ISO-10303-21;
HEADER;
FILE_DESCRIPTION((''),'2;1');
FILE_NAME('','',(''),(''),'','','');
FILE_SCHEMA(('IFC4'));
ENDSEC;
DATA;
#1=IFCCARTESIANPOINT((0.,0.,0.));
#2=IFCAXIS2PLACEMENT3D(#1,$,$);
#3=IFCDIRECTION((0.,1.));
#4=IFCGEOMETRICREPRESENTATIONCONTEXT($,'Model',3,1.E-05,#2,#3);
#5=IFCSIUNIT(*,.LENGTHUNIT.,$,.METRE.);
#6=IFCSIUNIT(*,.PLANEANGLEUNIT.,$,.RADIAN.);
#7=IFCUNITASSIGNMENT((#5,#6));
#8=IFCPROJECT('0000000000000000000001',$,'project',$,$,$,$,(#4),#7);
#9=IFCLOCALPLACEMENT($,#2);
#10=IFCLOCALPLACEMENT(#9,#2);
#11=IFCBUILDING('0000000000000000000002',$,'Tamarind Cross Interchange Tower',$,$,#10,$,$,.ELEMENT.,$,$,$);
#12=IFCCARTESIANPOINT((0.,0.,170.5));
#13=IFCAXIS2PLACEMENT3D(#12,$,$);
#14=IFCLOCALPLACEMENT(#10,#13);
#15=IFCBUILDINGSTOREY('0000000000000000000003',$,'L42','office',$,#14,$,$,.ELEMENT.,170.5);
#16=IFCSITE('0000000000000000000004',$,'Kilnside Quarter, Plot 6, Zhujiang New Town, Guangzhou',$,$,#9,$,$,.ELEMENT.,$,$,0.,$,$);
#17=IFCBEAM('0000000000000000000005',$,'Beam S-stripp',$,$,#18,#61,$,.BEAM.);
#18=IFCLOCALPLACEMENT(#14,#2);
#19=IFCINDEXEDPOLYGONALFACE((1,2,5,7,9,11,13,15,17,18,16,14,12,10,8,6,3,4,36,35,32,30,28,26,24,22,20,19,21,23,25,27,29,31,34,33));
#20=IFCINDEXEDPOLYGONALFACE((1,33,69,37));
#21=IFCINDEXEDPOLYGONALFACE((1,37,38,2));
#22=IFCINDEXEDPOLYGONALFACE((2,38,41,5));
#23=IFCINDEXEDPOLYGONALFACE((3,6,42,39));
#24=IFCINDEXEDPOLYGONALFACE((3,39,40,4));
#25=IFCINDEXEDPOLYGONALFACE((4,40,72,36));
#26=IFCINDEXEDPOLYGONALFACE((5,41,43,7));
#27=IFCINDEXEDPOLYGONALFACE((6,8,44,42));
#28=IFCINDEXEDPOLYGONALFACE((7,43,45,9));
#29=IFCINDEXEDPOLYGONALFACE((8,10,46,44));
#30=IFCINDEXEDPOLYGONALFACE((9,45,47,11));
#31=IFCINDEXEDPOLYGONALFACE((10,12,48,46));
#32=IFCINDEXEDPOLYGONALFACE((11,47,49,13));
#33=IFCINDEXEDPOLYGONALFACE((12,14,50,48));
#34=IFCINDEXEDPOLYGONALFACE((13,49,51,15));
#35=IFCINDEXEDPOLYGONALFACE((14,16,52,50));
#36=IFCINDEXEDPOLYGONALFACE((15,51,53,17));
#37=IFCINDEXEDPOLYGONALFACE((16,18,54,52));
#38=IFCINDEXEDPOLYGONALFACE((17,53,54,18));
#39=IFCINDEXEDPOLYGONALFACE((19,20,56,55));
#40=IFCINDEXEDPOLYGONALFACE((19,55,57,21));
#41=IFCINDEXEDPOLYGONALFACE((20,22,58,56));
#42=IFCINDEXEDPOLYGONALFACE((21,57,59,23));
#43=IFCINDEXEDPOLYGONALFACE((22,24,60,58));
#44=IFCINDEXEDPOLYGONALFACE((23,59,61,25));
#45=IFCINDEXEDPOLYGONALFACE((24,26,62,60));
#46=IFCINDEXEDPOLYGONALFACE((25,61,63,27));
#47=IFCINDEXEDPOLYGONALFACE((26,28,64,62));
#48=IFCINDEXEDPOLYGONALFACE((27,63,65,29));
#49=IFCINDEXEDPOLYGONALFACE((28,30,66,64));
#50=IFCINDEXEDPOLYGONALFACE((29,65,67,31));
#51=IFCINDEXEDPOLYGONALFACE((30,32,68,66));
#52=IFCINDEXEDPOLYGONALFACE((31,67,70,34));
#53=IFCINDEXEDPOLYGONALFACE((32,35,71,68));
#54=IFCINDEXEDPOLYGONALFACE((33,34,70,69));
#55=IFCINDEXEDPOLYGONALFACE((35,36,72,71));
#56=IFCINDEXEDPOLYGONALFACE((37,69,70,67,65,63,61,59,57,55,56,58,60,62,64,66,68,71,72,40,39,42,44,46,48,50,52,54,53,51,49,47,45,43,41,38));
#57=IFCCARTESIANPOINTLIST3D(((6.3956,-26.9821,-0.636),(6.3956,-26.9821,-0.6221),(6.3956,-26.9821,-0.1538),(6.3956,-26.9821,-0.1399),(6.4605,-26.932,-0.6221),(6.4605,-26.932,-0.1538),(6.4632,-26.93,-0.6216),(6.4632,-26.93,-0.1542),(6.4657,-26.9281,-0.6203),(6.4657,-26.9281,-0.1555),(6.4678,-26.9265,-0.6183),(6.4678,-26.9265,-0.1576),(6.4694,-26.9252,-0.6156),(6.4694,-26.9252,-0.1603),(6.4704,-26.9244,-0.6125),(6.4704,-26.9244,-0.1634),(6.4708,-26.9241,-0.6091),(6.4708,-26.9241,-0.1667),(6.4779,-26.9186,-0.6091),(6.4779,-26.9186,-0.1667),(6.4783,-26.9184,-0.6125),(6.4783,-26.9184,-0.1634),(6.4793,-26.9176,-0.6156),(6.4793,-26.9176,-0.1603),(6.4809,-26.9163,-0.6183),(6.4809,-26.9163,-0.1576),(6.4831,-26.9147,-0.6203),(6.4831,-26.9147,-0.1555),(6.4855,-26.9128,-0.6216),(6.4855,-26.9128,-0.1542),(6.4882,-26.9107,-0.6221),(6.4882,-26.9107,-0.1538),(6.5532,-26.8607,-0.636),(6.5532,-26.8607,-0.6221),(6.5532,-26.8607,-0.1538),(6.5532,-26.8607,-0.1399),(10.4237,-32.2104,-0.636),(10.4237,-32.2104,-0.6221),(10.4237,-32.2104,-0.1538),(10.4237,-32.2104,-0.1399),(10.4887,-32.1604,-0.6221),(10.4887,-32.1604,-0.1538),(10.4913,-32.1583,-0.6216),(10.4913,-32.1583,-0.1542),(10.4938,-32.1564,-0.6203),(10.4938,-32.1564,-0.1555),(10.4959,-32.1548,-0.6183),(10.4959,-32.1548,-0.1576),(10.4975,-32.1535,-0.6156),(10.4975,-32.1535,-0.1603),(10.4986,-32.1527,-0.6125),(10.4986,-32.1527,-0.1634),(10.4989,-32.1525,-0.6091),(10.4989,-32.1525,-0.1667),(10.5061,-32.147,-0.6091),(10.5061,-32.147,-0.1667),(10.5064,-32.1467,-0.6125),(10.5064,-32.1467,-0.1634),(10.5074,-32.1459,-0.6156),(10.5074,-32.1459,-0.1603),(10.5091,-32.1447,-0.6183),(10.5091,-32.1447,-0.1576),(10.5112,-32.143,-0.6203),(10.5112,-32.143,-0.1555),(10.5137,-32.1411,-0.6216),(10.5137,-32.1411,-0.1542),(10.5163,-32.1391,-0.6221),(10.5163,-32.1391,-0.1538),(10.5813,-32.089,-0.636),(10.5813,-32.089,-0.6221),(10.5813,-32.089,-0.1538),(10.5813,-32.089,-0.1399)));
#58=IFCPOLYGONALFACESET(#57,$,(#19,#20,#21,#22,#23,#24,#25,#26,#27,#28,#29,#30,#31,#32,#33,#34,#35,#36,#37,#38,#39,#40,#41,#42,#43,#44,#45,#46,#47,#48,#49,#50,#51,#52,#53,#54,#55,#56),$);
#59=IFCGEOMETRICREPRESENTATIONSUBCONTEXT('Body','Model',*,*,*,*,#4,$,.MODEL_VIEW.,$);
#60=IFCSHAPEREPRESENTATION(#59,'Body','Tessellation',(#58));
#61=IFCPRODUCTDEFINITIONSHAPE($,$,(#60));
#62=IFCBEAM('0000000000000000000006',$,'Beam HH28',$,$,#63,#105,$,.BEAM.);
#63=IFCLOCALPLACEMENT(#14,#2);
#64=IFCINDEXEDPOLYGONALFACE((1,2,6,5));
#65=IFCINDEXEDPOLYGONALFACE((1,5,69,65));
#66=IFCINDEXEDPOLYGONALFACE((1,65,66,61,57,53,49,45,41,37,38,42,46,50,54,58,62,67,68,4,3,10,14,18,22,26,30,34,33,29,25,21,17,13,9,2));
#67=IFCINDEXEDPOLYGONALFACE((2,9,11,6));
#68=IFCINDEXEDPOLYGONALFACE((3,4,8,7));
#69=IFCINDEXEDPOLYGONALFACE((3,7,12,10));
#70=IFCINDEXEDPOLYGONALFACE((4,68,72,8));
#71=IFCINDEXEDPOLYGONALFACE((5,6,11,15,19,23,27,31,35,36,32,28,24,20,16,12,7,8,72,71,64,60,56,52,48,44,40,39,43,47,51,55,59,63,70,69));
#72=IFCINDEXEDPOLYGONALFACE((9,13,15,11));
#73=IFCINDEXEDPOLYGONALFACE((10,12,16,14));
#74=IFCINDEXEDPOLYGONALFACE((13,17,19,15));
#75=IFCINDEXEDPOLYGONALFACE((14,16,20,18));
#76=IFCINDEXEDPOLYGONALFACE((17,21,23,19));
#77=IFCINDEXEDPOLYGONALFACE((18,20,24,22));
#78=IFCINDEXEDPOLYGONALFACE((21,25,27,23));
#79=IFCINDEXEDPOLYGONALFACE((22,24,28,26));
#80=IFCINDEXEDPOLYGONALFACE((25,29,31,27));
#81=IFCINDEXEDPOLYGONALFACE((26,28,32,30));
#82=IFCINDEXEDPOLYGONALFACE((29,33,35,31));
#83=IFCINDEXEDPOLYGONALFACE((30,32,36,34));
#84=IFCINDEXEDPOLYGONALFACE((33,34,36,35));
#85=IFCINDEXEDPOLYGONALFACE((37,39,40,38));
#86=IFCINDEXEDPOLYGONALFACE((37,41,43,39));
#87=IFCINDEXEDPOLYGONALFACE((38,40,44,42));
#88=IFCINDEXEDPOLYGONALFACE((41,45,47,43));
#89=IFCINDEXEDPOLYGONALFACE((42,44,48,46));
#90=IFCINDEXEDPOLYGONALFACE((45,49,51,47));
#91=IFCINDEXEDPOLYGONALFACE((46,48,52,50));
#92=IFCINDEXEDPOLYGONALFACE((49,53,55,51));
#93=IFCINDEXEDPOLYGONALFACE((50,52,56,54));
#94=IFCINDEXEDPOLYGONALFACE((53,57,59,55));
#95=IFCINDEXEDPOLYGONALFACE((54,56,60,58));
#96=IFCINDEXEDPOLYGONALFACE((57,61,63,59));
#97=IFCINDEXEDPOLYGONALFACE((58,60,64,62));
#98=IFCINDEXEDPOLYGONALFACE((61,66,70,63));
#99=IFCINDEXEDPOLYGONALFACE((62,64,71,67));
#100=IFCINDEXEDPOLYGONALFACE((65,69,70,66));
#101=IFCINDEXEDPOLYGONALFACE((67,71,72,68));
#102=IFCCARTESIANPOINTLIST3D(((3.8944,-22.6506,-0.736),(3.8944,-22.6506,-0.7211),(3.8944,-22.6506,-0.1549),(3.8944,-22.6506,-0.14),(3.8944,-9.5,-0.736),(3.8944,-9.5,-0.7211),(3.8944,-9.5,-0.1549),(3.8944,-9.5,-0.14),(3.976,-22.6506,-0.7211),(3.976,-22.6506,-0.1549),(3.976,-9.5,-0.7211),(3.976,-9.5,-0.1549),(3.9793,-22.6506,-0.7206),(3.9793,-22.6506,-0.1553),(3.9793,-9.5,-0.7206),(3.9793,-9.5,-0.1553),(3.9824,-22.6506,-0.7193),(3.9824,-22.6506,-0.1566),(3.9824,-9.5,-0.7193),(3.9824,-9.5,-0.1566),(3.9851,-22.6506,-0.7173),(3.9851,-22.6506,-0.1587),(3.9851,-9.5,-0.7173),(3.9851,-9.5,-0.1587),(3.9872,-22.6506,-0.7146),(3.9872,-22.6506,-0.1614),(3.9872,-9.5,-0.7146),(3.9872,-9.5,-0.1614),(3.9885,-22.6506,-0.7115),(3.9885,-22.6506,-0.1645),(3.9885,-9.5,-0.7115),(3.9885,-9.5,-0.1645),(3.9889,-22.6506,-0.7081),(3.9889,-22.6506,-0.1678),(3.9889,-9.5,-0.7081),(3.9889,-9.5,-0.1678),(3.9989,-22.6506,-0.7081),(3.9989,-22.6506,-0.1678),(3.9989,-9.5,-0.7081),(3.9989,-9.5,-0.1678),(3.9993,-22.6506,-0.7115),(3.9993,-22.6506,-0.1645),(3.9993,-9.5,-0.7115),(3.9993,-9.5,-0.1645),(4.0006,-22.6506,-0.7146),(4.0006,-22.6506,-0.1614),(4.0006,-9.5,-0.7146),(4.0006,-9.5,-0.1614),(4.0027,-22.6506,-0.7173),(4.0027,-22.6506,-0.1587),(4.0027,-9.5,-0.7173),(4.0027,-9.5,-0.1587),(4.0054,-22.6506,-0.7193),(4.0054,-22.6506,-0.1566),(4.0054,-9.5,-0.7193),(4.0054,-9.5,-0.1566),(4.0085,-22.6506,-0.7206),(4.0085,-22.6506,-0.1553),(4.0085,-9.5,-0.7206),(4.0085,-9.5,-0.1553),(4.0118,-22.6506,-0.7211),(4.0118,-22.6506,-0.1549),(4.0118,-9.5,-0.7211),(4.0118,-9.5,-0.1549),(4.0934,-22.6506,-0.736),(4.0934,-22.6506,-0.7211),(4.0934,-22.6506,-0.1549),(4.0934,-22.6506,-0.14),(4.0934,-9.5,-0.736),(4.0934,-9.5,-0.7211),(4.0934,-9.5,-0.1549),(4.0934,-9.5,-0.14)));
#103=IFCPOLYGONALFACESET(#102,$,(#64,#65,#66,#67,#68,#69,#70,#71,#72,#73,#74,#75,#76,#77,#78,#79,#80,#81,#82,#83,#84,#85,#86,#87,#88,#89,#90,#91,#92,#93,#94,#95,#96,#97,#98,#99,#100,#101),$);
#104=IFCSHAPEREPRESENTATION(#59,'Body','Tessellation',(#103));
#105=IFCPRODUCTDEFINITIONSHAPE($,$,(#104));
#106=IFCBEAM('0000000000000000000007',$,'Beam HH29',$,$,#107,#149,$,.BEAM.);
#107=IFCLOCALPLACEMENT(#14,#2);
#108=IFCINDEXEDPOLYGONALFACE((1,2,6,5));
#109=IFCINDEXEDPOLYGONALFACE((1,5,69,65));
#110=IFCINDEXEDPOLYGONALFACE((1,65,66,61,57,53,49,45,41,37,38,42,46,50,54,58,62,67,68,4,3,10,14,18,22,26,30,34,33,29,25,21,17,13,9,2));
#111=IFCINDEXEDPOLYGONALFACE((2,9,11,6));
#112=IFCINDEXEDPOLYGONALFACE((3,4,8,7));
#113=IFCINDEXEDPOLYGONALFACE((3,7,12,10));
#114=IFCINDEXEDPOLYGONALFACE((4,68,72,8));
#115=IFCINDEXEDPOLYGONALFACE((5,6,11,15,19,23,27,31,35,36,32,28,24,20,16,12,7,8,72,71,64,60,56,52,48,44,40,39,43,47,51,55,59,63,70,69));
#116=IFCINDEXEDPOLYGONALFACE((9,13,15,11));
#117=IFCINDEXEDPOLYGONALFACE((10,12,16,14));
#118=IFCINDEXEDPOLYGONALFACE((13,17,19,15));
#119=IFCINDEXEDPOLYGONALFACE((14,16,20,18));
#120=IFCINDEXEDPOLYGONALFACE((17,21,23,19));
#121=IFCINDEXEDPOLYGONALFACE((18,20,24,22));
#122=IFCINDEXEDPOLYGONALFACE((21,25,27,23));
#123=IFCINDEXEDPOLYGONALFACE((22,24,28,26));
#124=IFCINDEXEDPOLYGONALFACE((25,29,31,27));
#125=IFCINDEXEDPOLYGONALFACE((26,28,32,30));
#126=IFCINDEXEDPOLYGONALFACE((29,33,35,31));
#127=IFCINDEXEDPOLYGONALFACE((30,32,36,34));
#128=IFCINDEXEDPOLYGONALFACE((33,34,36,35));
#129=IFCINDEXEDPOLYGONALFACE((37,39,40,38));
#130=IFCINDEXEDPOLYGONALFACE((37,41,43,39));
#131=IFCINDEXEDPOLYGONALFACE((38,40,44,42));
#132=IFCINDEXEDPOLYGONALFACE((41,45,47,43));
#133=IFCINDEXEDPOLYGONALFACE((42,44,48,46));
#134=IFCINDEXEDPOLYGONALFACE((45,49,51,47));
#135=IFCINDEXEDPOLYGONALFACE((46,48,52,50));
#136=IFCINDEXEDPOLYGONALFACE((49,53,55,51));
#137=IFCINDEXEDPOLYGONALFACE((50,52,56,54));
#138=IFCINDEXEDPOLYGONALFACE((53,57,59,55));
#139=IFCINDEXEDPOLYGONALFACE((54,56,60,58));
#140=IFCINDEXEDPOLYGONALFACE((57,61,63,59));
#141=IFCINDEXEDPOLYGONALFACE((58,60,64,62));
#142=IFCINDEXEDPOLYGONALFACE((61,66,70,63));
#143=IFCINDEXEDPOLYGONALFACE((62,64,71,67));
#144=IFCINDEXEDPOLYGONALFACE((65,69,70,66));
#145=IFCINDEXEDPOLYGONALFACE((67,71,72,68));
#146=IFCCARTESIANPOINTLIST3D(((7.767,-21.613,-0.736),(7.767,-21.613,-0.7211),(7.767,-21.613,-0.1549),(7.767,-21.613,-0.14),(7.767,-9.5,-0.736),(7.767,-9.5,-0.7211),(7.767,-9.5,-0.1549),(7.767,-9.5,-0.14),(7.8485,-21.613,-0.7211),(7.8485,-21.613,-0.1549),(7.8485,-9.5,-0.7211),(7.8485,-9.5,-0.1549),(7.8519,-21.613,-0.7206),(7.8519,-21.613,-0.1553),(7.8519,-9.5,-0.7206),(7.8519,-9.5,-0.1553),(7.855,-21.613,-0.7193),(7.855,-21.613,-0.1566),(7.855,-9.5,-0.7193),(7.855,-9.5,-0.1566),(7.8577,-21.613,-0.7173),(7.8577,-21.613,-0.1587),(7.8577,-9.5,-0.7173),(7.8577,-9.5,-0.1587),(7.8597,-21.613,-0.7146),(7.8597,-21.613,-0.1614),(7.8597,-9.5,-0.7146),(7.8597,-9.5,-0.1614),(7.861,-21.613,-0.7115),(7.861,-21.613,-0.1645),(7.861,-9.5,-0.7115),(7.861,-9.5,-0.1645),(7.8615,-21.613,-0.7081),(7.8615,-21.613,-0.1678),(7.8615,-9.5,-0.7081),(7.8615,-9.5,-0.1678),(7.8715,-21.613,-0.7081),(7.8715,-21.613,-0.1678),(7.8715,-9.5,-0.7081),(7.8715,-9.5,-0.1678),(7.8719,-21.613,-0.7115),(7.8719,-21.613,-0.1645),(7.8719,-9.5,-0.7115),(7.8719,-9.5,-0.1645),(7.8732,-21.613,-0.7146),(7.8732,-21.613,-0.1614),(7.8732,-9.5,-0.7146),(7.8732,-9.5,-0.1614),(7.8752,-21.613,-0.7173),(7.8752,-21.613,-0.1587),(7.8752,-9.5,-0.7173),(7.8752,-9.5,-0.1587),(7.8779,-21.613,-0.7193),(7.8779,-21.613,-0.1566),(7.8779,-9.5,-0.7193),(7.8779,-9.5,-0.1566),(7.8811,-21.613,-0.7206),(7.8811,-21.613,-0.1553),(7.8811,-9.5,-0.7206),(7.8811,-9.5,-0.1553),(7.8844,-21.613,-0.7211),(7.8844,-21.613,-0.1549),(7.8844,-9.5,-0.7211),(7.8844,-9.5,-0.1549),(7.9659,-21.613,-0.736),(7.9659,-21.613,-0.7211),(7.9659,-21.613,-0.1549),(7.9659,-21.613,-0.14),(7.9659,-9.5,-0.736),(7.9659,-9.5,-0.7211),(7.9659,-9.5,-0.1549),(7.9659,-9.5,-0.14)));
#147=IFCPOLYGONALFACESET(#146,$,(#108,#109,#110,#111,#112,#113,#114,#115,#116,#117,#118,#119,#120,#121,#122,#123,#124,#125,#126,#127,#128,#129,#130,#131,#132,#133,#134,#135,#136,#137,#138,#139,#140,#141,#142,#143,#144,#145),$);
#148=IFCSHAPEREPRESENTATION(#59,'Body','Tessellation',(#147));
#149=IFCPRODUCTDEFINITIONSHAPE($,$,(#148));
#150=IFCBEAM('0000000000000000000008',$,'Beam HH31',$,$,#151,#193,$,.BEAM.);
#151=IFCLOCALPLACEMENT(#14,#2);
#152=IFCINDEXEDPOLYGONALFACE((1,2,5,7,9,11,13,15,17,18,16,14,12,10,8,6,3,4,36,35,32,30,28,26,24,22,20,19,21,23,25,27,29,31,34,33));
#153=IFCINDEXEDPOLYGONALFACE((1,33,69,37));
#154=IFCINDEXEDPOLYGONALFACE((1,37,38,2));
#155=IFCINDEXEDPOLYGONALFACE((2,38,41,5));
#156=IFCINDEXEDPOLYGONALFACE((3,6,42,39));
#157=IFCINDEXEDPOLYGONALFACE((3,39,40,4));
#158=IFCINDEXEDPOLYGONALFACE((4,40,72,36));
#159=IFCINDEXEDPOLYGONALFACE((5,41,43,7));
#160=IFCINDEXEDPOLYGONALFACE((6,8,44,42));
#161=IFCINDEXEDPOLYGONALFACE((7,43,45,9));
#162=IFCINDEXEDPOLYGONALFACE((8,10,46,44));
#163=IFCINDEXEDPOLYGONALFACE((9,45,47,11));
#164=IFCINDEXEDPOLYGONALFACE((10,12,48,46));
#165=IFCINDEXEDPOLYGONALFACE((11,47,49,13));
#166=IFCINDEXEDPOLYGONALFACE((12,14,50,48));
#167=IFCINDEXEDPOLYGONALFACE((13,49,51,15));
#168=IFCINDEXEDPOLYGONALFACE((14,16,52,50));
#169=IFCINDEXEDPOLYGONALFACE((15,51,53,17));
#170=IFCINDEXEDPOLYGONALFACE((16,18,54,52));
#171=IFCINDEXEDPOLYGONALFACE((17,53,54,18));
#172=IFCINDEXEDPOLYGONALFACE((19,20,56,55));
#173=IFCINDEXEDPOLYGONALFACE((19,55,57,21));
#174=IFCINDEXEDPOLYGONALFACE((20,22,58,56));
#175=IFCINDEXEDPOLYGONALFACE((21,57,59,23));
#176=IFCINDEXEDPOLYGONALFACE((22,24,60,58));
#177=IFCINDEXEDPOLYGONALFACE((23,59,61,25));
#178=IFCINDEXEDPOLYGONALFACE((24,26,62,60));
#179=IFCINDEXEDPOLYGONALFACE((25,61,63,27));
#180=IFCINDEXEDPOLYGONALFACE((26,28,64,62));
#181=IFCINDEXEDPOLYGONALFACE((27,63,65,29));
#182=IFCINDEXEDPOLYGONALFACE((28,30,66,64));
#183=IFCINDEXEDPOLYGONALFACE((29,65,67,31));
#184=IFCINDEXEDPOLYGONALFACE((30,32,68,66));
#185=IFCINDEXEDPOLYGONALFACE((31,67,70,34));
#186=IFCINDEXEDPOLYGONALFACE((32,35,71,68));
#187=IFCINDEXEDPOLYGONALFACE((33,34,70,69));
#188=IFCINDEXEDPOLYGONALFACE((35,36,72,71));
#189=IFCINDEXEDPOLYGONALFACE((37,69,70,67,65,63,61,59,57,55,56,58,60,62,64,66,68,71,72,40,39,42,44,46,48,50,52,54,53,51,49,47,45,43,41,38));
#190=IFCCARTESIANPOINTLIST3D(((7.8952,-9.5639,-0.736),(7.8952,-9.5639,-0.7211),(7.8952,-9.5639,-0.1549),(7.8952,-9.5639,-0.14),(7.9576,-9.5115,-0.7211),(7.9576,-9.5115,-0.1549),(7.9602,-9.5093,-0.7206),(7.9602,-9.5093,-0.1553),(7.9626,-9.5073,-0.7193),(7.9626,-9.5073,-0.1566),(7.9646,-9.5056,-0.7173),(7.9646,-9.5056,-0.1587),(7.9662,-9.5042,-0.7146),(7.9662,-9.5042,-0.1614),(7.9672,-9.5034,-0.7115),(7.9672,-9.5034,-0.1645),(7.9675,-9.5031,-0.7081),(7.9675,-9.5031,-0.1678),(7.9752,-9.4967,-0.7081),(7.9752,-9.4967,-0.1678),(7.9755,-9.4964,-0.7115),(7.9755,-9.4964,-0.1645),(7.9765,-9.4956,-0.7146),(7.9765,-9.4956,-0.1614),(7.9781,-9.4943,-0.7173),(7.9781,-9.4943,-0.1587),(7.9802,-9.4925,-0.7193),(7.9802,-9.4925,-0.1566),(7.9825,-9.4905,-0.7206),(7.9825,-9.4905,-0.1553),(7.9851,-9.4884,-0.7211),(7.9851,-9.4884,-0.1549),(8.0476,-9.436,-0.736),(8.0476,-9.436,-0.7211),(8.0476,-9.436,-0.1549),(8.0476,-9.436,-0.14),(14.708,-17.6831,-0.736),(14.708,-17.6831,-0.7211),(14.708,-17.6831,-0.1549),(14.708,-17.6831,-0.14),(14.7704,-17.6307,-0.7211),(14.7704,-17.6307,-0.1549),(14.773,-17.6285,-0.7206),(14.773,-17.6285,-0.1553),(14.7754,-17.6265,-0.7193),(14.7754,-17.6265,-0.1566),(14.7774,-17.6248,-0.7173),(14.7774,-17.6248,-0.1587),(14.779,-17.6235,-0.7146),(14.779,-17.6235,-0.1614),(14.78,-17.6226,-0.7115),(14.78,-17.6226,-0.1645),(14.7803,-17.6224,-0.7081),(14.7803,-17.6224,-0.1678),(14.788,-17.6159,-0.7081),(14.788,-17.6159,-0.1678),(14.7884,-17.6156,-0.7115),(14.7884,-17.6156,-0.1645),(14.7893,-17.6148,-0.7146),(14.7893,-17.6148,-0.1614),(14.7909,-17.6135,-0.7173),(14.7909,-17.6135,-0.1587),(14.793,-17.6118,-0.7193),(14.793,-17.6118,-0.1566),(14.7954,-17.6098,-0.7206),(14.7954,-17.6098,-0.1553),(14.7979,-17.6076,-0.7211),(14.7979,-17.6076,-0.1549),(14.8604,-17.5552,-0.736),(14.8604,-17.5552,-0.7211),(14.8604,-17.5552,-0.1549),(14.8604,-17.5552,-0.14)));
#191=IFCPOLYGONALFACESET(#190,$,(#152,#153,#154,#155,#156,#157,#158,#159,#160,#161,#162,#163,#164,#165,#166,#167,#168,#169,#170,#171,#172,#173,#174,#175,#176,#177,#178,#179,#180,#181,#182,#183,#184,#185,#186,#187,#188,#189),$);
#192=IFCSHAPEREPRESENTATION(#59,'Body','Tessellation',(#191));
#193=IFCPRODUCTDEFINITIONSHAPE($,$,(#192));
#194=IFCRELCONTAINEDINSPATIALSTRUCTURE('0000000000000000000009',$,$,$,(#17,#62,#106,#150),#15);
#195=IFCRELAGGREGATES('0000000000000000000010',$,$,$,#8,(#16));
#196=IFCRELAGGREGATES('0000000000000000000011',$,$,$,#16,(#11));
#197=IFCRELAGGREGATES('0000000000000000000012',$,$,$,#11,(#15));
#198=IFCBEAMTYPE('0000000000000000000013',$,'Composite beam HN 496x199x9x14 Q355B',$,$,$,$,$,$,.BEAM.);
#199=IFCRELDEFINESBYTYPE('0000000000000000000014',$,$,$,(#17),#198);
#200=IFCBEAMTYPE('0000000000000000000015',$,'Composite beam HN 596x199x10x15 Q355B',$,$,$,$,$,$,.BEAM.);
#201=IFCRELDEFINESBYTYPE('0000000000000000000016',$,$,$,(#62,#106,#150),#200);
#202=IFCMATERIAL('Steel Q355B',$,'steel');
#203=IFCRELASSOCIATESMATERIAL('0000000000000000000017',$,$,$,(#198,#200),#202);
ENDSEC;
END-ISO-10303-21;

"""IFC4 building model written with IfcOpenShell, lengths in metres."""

from ifc_helpers import new_model, si_unit, direction, frame, origin, origin_2d, place, context, subcontext, project, spatial, i_section, extrude, material, material_profile, profile_set, type_object, element, save


model = new_model("IFC4")

# Units and contexts
model_context = context("Model", 3, precision=1e-05, world=origin(), true_north=direction((0.0, 1.0)))
body_context = subcontext(model_context, "Body", "Model", "MODEL_VIEW")
ifc_project = project(units=[si_unit("LENGTHUNIT", "METRE"), si_unit("PLANEANGLEUNIT", "RADIAN")], contexts=[model_context])

# Site, building, storey
site_placement = place(None, origin())
site = spatial("IfcSite", under=ifc_project, at=site_placement, Name="Kilnside Quarter, Plot 6, Zhujiang New Town, Guangzhou", CompositionType="ELEMENT", RefElevation=0.0)
building_placement = place(site_placement, origin())
building = spatial("IfcBuilding", under=site, at=building_placement, Name="Tamarind Cross Interchange Tower", CompositionType="ELEMENT")
storey_placement = place(building_placement, frame((0.0, 0.0, 170.5)))
storey = spatial("IfcBuildingStorey", under=building, at=storey_placement, Name="L42", Description="office", CompositionType="ELEMENT", Elevation=170.5)

# Beams
ifc_material_1 = material(Name="Steel Q355B", Category="steel")
ifc_material_profile_1 = material_profile(ifc_material_1, i_section(OverallWidth=0.199, OverallDepth=0.4961, WebThickness=0.009, FlangeThickness=0.0139, FilletRadius=0.0129, at=origin_2d()), Name="HN 496x199x9x14")
ifc_profile_set_1 = profile_set([ifc_material_profile_1], Name="Steel Q355B")
beam_type_1 = type_object("IfcBeamType", Name="Composite beam HN 496x199x9x14 Q355B", PredefinedType="BEAM", material=ifc_profile_set_1)
for number, where, z_axis, x_axis, name in (
    (1, (6.4744, -26.9214, -0.3879), (0.610313, -0.79216, 0.0), (0.79216, 0.610313, 0.0), "Beam S-stripp"),
):
    element("IfcBeam", number, at=place(storey_placement, frame(where, z_axis=z_axis, x_axis=x_axis)), inside=storey, type_object=beam_type_1, Name=name, PredefinedType="BEAM", context=body_context, shape_type="SweptSolid", body=[
        extrude(i_section(OverallWidth=0.199, OverallDepth=0.4961, WebThickness=0.009, FlangeThickness=0.0139, FilletRadius=0.0129, at=origin_2d()), origin(), (0.0, 0.0, 1.0), 6.6001),
    ])
ifc_material_profile_2 = material_profile(ifc_material_1, i_section(OverallWidth=0.199, OverallDepth=0.5959, WebThickness=0.01, FlangeThickness=0.0149, FilletRadius=0.0129, at=origin_2d()), Name="HN 596x199x10x15")
ifc_profile_set_2 = profile_set([ifc_material_profile_2], Name="Steel Q355B")
beam_type_2 = type_object("IfcBeamType", Name="Composite beam HN 596x199x10x15 Q355B", PredefinedType="BEAM", material=ifc_profile_set_2)
beam_1_placement = place(storey_placement, frame((3.9939, -22.6506, -0.438), z_axis=(0.0, 1.0, 0.0), x_axis=(-1.0, 0.0, 0.0)))
element("IfcBeam", 2, at=beam_1_placement, inside=storey, type_object=beam_type_2, Name="Beam HH28", PredefinedType="BEAM", context=body_context, shape_type="SweptSolid", body=[
    extrude(i_section(OverallWidth=0.199, OverallDepth=0.5959, WebThickness=0.01, FlangeThickness=0.0149, FilletRadius=0.0129, at=origin_2d()), origin(), (0.0, 0.0, 1.0), 13.1506),
])
beam_2_placement = place(storey_placement, frame((7.8665, -21.613, -0.438), z_axis=(0.0, 1.0, 0.0), x_axis=(-1.0, 0.0, 0.0)))
element("IfcBeam", 3, at=beam_2_placement, inside=storey, type_object=beam_type_2, Name="Beam HH29", PredefinedType="BEAM", context=body_context, shape_type="SweptSolid", body=[
    extrude(i_section(OverallWidth=0.199, OverallDepth=0.5959, WebThickness=0.01, FlangeThickness=0.0149, FilletRadius=0.0129, at=origin_2d()), origin(), (0.0, 0.0, 1.0), 12.113),
])
beam_3_placement = place(storey_placement, frame((14.7842, -17.6191, -0.438), z_axis=(-0.642786, 0.766046, 0.0), x_axis=(-0.766046, -0.642786, 0.0)))
element("IfcBeam", 4, at=beam_3_placement, inside=storey, type_object=beam_type_2, Name="Beam HH31", PredefinedType="BEAM", context=body_context, shape_type="SweptSolid", body=[
    extrude(i_section(OverallWidth=0.199, OverallDepth=0.5959, WebThickness=0.01, FlangeThickness=0.0149, FilletRadius=0.0129, at=origin_2d()), origin(), (0.0, 0.0, 1.0), 10.5989),
])

save(model, "model.ifc")
